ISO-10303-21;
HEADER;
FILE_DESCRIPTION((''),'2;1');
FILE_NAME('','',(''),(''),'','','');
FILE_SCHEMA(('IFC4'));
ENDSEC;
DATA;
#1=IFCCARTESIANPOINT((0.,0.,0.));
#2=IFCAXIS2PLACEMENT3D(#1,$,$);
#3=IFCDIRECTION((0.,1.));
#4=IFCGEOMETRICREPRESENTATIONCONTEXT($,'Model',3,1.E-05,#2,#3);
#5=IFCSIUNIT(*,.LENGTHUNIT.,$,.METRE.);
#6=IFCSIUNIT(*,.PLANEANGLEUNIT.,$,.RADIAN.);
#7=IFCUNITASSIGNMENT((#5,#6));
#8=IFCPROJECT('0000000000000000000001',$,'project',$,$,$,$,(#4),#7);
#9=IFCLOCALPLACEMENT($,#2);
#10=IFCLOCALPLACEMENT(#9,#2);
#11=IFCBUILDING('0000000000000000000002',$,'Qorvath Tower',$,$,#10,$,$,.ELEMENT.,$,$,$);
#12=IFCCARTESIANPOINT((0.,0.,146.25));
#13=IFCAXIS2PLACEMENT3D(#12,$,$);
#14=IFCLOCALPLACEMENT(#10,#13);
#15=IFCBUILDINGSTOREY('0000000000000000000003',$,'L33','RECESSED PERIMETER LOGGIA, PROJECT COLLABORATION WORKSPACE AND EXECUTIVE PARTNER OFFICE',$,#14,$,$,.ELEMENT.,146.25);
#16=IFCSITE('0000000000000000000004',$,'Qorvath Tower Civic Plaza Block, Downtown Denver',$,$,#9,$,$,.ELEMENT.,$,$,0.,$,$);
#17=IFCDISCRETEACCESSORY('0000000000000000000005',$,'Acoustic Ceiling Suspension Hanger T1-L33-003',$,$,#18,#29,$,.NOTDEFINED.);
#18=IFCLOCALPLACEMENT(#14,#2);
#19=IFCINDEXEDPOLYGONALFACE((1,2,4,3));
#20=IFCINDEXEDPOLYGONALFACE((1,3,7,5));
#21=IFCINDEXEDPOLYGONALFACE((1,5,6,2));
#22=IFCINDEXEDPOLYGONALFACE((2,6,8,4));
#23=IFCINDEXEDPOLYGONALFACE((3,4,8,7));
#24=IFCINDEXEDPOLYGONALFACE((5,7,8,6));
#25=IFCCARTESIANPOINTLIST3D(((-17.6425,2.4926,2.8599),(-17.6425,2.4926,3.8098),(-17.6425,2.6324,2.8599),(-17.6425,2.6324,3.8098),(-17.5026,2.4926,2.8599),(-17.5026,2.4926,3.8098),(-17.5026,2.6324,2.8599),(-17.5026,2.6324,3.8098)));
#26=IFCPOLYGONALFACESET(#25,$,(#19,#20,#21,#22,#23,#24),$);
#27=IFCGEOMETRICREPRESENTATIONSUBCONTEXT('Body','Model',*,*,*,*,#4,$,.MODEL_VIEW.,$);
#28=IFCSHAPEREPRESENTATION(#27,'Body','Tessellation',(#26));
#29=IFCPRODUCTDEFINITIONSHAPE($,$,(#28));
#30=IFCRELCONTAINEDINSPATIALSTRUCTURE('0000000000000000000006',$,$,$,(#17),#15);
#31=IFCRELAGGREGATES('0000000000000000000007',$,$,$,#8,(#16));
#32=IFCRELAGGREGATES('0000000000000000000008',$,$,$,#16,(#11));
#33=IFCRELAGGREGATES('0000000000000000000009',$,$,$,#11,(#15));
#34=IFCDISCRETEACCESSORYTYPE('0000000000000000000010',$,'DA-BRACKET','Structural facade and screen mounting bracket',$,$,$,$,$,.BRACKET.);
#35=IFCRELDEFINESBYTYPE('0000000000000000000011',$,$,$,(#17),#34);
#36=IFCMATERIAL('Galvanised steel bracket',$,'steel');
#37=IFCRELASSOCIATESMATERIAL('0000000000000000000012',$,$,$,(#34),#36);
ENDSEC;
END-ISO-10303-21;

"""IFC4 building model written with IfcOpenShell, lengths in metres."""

from ifc_helpers import new_model, si_unit, direction, frame, origin, origin_2d, place, context, subcontext, project, spatial, rectangle, extrude, material, type_object, element, save


model = new_model("IFC4")

# Units and contexts
model_context = context("Model", 3, precision=1e-05, world=origin(), true_north=direction((0.0, 1.0)))
body_context = subcontext(model_context, "Body", "Model", "MODEL_VIEW")
ifc_project = project(units=[si_unit("LENGTHUNIT", "METRE"), si_unit("PLANEANGLEUNIT", "RADIAN")], contexts=[model_context])

# Site, building, storey
site_placement = place(None, origin())
site = spatial("IfcSite", under=ifc_project, at=site_placement, Name="Qorvath Tower Civic Plaza Block, Downtown Denver", CompositionType="ELEMENT", RefElevation=0.0)
building_placement = place(site_placement, origin())
building = spatial("IfcBuilding", under=site, at=building_placement, Name="Qorvath Tower", CompositionType="ELEMENT")
storey_placement = place(building_placement, frame((0.0, 0.0, 146.25)))
storey = spatial("IfcBuildingStorey", under=building, at=storey_placement, Name="L33", Description="RECESSED PERIMETER LOGGIA, PROJECT COLLABORATION WORKSPACE AND EXECUTIVE PARTNER OFFICE", CompositionType="ELEMENT", Elevation=146.25)

# Discrete accessory
ifc_material_1 = material(Name="Galvanised steel bracket", Category="steel")
discrete_accessory_type = type_object("IfcDiscreteAccessoryType", Name="DA-BRACKET", Description="Structural facade and screen mounting bracket", PredefinedType="BRACKET", material=ifc_material_1)
discrete_accessory_placement = place(storey_placement, frame((-17.5725, 2.5625, 2.8599), z_axis=(0.0, 0.0, 1.0), x_axis=(1.0, 0.0, 0.0)))
element("IfcDiscreteAccessory", 1, at=discrete_accessory_placement, inside=storey, type_object=discrete_accessory_type, Name="Acoustic Ceiling Suspension Hanger T1-L33-003", PredefinedType="NOTDEFINED", context=body_context, shape_type="SweptSolid", body=[
    extrude(rectangle(XDim=0.1399, YDim=0.1399, at=origin_2d()), origin(), (0.0, 0.0, 1.0), 0.95),
])

save(model, "model.ifc")
